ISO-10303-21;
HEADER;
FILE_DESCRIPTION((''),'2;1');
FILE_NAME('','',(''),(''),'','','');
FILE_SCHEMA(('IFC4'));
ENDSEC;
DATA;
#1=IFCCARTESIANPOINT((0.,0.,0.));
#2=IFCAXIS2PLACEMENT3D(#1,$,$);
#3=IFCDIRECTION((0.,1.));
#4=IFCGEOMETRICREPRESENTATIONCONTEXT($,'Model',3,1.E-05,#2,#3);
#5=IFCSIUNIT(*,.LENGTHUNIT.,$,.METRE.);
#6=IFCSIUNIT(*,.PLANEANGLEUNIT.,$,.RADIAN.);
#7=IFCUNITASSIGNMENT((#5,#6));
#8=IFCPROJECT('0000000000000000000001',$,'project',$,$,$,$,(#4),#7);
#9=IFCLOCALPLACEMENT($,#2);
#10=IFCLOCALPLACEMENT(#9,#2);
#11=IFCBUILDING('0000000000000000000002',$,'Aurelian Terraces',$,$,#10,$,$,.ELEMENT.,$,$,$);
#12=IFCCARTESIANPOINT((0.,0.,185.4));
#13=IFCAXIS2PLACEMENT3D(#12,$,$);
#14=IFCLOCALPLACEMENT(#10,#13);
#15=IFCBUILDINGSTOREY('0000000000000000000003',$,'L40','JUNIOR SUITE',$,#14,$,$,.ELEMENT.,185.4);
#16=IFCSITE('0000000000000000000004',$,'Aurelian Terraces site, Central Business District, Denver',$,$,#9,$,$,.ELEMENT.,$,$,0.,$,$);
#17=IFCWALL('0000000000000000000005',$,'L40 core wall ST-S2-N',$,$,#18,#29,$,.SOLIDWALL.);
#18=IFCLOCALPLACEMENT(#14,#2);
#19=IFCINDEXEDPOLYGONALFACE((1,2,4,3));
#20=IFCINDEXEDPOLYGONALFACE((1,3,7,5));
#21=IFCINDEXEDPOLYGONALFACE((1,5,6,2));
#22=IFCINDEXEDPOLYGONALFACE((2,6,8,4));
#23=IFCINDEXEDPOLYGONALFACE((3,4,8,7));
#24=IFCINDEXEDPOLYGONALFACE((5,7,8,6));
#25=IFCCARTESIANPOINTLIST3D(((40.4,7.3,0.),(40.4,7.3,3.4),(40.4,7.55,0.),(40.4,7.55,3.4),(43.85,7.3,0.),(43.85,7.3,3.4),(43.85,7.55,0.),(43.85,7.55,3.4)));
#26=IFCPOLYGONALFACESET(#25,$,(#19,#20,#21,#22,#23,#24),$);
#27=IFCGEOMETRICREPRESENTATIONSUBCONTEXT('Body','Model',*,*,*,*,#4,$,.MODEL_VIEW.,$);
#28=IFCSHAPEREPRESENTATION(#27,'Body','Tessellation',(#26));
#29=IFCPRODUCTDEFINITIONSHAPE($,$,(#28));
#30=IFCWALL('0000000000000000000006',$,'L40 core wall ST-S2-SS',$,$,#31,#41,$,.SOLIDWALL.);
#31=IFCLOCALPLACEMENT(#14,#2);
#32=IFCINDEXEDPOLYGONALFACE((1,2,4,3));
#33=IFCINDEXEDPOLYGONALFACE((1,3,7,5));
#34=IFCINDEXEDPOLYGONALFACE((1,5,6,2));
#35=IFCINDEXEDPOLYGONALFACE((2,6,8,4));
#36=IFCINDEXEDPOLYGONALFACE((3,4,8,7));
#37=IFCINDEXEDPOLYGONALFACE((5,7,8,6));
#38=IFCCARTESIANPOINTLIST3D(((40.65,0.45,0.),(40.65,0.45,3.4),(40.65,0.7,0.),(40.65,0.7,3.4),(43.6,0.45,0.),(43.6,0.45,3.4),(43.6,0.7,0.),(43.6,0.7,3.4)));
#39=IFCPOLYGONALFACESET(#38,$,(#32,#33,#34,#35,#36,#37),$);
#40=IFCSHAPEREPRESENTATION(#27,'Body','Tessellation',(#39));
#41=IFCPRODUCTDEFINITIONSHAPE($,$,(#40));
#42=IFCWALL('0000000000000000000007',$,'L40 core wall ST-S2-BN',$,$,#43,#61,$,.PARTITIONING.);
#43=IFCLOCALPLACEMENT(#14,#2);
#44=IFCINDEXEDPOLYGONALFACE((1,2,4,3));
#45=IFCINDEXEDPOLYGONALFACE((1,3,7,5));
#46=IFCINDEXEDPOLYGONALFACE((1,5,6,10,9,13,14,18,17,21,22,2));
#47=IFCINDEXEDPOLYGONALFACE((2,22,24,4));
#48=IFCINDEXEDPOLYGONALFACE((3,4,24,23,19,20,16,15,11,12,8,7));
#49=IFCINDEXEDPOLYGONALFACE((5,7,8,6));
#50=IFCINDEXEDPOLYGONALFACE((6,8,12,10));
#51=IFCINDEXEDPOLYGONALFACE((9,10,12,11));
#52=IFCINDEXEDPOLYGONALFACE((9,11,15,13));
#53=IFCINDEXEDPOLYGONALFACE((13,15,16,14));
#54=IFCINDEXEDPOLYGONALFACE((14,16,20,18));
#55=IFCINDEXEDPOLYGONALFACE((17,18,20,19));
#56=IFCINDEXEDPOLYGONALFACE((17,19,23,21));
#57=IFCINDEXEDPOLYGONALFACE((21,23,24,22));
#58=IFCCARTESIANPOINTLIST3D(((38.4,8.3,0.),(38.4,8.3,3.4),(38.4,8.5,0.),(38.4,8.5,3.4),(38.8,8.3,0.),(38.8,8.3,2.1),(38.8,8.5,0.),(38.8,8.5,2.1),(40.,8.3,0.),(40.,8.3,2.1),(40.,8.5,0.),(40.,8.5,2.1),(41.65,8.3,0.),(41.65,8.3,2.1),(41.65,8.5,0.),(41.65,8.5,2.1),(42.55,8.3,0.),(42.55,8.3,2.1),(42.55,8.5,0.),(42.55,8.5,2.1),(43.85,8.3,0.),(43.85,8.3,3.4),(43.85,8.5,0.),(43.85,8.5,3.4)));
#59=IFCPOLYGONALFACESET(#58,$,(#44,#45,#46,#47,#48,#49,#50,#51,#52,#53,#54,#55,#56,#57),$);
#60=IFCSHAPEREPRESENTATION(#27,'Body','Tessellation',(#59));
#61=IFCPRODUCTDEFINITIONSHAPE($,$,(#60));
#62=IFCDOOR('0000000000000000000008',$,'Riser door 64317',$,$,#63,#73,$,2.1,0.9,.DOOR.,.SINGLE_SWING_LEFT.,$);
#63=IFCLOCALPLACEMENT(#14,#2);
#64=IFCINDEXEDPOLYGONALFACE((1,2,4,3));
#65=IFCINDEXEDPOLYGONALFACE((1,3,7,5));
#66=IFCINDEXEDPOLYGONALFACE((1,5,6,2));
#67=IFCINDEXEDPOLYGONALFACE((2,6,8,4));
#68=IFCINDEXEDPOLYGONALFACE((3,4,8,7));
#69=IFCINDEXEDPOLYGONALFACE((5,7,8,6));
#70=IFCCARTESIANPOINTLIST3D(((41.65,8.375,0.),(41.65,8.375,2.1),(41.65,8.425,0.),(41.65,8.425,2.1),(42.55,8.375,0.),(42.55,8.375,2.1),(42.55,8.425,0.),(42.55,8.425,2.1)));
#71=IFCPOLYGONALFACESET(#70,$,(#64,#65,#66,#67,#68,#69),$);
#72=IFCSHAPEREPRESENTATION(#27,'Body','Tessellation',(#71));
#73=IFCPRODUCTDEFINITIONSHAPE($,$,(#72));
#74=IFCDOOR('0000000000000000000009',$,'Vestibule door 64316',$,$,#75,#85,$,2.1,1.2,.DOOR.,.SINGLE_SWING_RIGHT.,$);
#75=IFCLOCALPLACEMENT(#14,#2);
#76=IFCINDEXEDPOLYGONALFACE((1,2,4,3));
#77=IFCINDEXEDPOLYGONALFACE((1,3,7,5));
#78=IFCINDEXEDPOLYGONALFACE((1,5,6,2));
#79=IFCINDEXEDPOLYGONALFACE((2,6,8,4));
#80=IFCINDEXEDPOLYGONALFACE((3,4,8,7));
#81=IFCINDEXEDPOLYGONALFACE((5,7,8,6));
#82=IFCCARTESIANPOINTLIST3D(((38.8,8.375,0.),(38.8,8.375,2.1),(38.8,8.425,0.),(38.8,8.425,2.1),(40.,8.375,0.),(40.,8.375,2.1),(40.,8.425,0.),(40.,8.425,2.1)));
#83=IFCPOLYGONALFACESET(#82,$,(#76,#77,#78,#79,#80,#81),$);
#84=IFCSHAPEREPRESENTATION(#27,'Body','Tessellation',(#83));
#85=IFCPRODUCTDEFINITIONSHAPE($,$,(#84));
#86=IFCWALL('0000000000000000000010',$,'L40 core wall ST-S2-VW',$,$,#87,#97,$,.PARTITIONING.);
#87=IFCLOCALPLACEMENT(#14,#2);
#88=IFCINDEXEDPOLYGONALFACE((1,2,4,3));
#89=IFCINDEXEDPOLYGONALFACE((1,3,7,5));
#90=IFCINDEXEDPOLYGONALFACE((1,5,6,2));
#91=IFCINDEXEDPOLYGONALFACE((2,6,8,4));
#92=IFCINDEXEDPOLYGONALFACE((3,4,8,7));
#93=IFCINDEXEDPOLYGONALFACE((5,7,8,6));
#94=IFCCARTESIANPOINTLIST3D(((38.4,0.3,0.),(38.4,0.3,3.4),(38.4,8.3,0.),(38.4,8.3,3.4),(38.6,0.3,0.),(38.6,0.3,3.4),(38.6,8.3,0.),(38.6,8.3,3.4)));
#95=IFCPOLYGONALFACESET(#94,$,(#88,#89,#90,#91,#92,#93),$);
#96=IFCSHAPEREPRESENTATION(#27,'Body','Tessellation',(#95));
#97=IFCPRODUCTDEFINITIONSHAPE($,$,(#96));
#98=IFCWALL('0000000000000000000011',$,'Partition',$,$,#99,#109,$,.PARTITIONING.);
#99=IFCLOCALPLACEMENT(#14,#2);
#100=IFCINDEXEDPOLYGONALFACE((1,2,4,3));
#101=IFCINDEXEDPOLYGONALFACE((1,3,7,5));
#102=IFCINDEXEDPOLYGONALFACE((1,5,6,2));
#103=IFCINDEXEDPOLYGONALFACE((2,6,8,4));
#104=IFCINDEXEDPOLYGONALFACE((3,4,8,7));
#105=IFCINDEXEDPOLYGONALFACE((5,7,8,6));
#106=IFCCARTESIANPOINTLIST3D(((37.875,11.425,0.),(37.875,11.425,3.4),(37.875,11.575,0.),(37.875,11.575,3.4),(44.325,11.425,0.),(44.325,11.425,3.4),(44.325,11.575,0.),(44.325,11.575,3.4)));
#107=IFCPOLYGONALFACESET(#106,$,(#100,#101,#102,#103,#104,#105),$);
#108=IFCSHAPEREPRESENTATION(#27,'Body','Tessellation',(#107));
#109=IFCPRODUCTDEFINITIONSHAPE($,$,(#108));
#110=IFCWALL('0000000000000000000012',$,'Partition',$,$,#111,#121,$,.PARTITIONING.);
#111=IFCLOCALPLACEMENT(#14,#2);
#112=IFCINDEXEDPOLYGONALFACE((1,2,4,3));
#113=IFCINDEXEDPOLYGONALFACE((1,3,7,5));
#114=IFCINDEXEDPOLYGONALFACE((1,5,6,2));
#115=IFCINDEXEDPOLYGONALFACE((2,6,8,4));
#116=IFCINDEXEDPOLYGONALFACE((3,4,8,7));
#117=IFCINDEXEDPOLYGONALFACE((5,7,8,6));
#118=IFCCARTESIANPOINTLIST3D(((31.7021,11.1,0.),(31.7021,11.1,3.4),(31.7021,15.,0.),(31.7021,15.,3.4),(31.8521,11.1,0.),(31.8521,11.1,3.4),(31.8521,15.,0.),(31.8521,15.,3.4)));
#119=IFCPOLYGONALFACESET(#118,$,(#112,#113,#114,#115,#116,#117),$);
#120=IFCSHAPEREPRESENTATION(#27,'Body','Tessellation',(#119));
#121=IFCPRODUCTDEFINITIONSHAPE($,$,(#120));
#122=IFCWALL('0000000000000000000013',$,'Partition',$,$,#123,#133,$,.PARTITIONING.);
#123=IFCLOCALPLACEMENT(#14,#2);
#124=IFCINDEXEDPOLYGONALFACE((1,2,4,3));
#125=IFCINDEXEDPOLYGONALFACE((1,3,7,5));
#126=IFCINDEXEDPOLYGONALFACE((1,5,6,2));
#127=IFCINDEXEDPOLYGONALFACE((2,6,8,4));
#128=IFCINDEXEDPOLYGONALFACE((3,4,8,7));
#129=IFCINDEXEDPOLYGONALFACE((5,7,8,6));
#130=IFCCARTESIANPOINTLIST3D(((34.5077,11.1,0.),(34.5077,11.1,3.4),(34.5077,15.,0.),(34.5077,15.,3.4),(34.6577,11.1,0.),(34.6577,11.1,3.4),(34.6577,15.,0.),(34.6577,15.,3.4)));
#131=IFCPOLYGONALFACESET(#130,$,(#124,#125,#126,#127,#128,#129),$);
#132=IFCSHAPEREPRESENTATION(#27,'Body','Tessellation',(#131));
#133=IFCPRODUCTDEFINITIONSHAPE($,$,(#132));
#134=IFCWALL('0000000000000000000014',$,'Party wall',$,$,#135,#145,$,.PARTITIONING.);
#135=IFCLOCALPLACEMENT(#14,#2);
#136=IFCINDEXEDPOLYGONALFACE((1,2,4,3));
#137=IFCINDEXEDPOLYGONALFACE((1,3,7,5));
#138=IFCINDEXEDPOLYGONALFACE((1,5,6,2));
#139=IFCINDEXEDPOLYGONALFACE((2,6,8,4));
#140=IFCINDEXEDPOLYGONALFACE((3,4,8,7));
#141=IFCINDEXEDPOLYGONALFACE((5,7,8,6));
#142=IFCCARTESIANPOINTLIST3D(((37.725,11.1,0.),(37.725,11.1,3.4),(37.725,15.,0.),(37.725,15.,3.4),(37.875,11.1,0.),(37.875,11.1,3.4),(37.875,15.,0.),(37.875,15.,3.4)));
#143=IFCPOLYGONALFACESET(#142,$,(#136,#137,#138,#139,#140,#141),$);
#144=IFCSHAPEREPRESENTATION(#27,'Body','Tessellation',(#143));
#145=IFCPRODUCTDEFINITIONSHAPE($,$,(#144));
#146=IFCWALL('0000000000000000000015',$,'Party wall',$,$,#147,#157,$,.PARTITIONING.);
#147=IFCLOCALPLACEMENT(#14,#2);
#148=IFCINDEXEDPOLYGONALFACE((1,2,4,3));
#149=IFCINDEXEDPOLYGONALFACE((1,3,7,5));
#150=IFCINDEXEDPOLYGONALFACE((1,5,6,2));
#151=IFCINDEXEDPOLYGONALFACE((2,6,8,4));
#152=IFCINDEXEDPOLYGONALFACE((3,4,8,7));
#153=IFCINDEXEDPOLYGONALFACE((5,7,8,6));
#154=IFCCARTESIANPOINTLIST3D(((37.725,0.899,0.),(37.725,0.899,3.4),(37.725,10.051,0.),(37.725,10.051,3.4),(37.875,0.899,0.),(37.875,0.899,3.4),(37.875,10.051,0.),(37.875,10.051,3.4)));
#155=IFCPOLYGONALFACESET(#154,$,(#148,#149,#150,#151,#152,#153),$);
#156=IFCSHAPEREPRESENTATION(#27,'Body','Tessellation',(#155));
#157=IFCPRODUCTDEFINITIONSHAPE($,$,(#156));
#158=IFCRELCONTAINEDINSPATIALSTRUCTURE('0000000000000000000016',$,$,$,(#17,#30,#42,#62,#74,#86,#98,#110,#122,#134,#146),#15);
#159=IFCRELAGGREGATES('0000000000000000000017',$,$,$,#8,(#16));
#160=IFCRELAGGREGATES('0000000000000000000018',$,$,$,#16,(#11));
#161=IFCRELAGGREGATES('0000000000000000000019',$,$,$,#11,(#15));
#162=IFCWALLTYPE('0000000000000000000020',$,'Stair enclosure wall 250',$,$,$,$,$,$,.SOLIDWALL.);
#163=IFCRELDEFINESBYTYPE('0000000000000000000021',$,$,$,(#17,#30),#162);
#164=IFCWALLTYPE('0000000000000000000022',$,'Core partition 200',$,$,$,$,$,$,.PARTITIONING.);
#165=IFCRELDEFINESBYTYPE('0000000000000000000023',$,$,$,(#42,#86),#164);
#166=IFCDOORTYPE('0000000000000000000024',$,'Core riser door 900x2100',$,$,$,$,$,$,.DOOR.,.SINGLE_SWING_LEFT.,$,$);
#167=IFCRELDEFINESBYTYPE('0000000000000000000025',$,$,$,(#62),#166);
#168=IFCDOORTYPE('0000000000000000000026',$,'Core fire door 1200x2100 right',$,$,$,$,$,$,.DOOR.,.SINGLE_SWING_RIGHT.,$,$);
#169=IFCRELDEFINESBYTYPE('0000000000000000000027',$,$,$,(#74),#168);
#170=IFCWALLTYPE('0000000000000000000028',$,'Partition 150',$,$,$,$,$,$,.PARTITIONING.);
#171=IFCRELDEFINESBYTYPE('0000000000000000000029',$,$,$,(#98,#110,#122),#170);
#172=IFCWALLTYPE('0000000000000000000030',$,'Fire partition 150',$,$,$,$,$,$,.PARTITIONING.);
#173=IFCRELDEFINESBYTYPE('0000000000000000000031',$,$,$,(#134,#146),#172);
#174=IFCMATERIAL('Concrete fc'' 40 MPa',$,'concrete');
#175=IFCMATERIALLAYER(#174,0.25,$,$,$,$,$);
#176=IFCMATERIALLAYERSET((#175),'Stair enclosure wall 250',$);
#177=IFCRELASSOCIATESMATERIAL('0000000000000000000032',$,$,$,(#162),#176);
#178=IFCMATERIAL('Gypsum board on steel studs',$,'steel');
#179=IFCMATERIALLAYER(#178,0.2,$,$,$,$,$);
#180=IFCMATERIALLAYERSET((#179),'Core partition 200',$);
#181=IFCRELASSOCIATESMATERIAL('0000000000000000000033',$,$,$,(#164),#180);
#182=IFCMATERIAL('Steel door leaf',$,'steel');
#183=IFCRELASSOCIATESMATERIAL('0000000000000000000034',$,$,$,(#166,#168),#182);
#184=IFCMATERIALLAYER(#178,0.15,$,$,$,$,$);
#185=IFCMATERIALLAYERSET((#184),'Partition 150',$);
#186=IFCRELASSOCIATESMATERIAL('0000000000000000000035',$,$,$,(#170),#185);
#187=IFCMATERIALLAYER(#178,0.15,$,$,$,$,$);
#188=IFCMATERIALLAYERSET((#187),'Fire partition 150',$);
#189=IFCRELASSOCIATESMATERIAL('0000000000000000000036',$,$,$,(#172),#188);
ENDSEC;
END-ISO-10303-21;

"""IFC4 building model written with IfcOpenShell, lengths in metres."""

from ifc_helpers import new_model, si_unit, direction, frame, frame_2d, origin, place, context, subcontext, project, spatial, rectangle, extrude, source, transform, mapped, material, layer, layer_set, type_object, element, fill, save


model = new_model("IFC4")

# Units and contexts
model_context = context("Model", 3, precision=1e-05, world=origin(), true_north=direction((0.0, 1.0)))
body_context = subcontext(model_context, "Body", "Model", "MODEL_VIEW")
ifc_project = project(units=[si_unit("LENGTHUNIT", "METRE"), si_unit("PLANEANGLEUNIT", "RADIAN")], contexts=[model_context])

# Site, building, storey
site_placement = place(None, origin())
site = spatial("IfcSite", under=ifc_project, at=site_placement, Name="Aurelian Terraces site, Central Business District, Denver", CompositionType="ELEMENT", RefElevation=0.0)
building_placement = place(site_placement, origin())
building = spatial("IfcBuilding", under=site, at=building_placement, Name="Aurelian Terraces", CompositionType="ELEMENT")
storey_placement = place(building_placement, frame((0.0, 0.0, 185.4)))
storey = spatial("IfcBuildingStorey", under=building, at=storey_placement, Name="L40", Description="JUNIOR SUITE", CompositionType="ELEMENT", Elevation=185.4)

# Shared definitions
ifc_material_1 = material(Name="Concrete fc' 40 MPa", Category="concrete")

# Shared definitions
ifc_layer_1 = layer(ifc_material_1, 0.25)
ifc_layer_set_1 = layer_set([ifc_layer_1], Name="Stair enclosure wall 250")
wall_type_1 = type_object("IfcWallType", Name="Stair enclosure wall 250", PredefinedType="SOLIDWALL", material=ifc_layer_set_1)
ifc_material_2 = material(Name="Steel door leaf", Category="steel")

# Walls
shared_shape_1 = source(origin(), body_context, "Body", "SweptSolid", [
    extrude(rectangle(XDim=3.45, YDim=0.25, at=frame_2d((1.725, 0.0))), origin(), (0.0, 0.0, 1.0), 3.4),
])
wall_1_placement = place(storey_placement, frame((40.4, 7.425, 0.0), z_axis=(0.0, 0.0, 1.0), x_axis=(1.0, 0.0, 0.0)))
element("IfcWall", 1, at=wall_1_placement, inside=storey, type_object=wall_type_1, Name="L40 core wall ST-S2-N", PredefinedType="SOLIDWALL", context=body_context, shape_type="MappedRepresentation", body=[
    mapped(shared_shape_1, transform((0.0, 0.0, 0.0), scale=1.0)),
])
shared_shape_2 = source(origin(), body_context, "Body", "SweptSolid", [
    extrude(rectangle(XDim=2.95, YDim=0.25, at=frame_2d((1.475, 0.0))), origin(), (0.0, 0.0, 1.0), 3.4),
])
wall_2_placement = place(storey_placement, frame((40.65, 0.575, 0.0), z_axis=(0.0, 0.0, 1.0), x_axis=(1.0, 0.0, 0.0)))
element("IfcWall", 2, at=wall_2_placement, inside=storey, type_object=wall_type_1, Name="L40 core wall ST-S2-SS", PredefinedType="SOLIDWALL", context=body_context, shape_type="MappedRepresentation", body=[
    mapped(shared_shape_2, transform((0.0, 0.0, 0.0), scale=1.0)),
])

# Wall, openings, doors
ifc_material_3 = material(Name="Gypsum board on steel studs", Category="steel")
ifc_layer_2 = layer(ifc_material_3, 0.2)
ifc_layer_set_2 = layer_set([ifc_layer_2], Name="Core partition 200")
wall_type_2 = type_object("IfcWallType", Name="Core partition 200", PredefinedType="PARTITIONING", material=ifc_layer_set_2)
shared_shape_3 = source(origin(), body_context, "Body", "SweptSolid", [
    extrude(rectangle(XDim=5.45, YDim=0.2, at=frame_2d((2.725, 0.0))), origin(), (0.0, 0.0, 1.0), 3.4),
])
wall_3_placement = place(storey_placement, frame((38.4, 8.4, 0.0), z_axis=(0.0, 0.0, 1.0), x_axis=(1.0, 0.0, 0.0)))
wall_3 = element("IfcWall", 3, at=wall_3_placement, inside=storey, type_object=wall_type_2, Name="L40 core wall ST-S2-BN", PredefinedType="PARTITIONING", context=body_context, shape_type="MappedRepresentation", body=[
    mapped(shared_shape_3, transform((0.0, 0.0, 0.0), scale=1.0)),
])
shared_shape_4 = source(origin(), body_context, "Body", "SweptSolid", [
    extrude(rectangle(XDim=1.2, YDim=2.1, at=frame_2d((0.6, 1.05))), frame((0.0, 0.11, 0.0), z_axis=(0.0, -1.0, 0.0), x_axis=(1.0, 0.0, 0.0)), (0.0, 0.0, 1.0), 0.22),
])
opening_1_placement = place(wall_3_placement, frame((0.4, 0.0, 0.0)))
opening_1 = element("IfcOpeningElement", 4, at=opening_1_placement, cuts=wall_3, PredefinedType="OPENING", context=body_context, shape_type="MappedRepresentation", body=[
    mapped(shared_shape_4, transform((0.0, 0.0, 0.0), scale=1.0)),
])
shared_shape_5 = source(origin(), body_context, "Body", "SweptSolid", [
    extrude(rectangle(XDim=0.9, YDim=2.1, at=frame_2d((0.45, 1.05))), frame((0.0, 0.11, 0.0), z_axis=(0.0, -1.0, 0.0), x_axis=(1.0, 0.0, 0.0)), (0.0, 0.0, 1.0), 0.22),
])
opening_2_placement = place(wall_3_placement, frame((3.25, 0.0, 0.0)))
opening_2 = element("IfcOpeningElement", 5, at=opening_2_placement, cuts=wall_3, PredefinedType="OPENING", context=body_context, shape_type="MappedRepresentation", body=[
    mapped(shared_shape_5, transform((0.0, 0.0, 0.0), scale=1.0)),
])
door_type_1 = type_object("IfcDoorType", Name="Core riser door 900x2100", OperationType="SINGLE_SWING_LEFT", PredefinedType="DOOR", material=ifc_material_2)
shared_shape_6 = source(origin(), body_context, "Body", "SweptSolid", [
    extrude(rectangle(XDim=0.9, YDim=2.1, at=frame_2d((0.45, 1.05))), frame((0.0, 0.025, 0.0), z_axis=(0.0, -1.0, 0.0), x_axis=(1.0, 0.0, 0.0)), (0.0, 0.0, 1.0), 0.05),
])
door_1_placement = place(opening_2_placement, origin())
door_1 = element("IfcDoor", 6, at=door_1_placement, inside=storey, type_object=door_type_1, Name="Riser door 64317", OperationType="SINGLE_SWING_LEFT", OverallHeight=2.1, OverallWidth=0.9, PredefinedType="DOOR", context=body_context, shape_type="MappedRepresentation", body=[
    mapped(shared_shape_6, transform((0.0, 0.0, 0.0), scale=1.0)),
])
fill(opening_2, door_1)
door_type_2 = type_object("IfcDoorType", Name="Core fire door 1200x2100 right", OperationType="SINGLE_SWING_RIGHT", PredefinedType="DOOR", material=ifc_material_2)
shared_shape_7 = source(origin(), body_context, "Body", "SweptSolid", [
    extrude(rectangle(XDim=1.2, YDim=2.1, at=frame_2d((0.6, 1.05))), frame((0.0, 0.025, 0.0), z_axis=(0.0, -1.0, 0.0), x_axis=(1.0, 0.0, 0.0)), (0.0, 0.0, 1.0), 0.05),
])
door_2_placement = place(opening_1_placement, origin())
door_2 = element("IfcDoor", 7, at=door_2_placement, inside=storey, type_object=door_type_2, Name="Vestibule door 64316", OperationType="SINGLE_SWING_RIGHT", OverallHeight=2.1, OverallWidth=1.2, PredefinedType="DOOR", context=body_context, shape_type="MappedRepresentation", body=[
    mapped(shared_shape_7, transform((0.0, 0.0, 0.0), scale=1.0)),
])
fill(opening_1, door_2)

# Walls
shared_shape_8 = source(origin(), body_context, "Body", "SweptSolid", [
    extrude(rectangle(XDim=8.0, YDim=0.2, at=frame_2d((4.0, 0.0))), origin(), (0.0, 0.0, 1.0), 3.4),
])
wall_4_placement = place(storey_placement, frame((38.5, 0.3, 0.0), z_axis=(0.0, 0.0, 1.0), x_axis=(0.0, 1.0, 0.0)))
element("IfcWall", 8, at=wall_4_placement, inside=storey, type_object=wall_type_2, Name="L40 core wall ST-S2-VW", PredefinedType="PARTITIONING", context=body_context, shape_type="MappedRepresentation", body=[
    mapped(shared_shape_8, transform((0.0, 0.0, 0.0), scale=1.0)),
])
ifc_layer_3 = layer(ifc_material_3, 0.15)
ifc_layer_set_3 = layer_set([ifc_layer_3], Name="Partition 150")
wall_type_3 = type_object("IfcWallType", Name="Partition 150", PredefinedType="PARTITIONING", material=ifc_layer_set_3)
shared_shape_9 = source(origin(), body_context, "Body", "SweptSolid", [
    extrude(rectangle(XDim=6.45, YDim=0.15, at=frame_2d((3.225, 0.0))), origin(), (0.0, 0.0, 1.0), 3.4),
])
wall_5_placement = place(storey_placement, frame((37.875, 11.5, 0.0), z_axis=(0.0, 0.0, 1.0), x_axis=(1.0, 0.0, 0.0)))
element("IfcWall", 9, at=wall_5_placement, inside=storey, type_object=wall_type_3, Name="Partition", PredefinedType="PARTITIONING", context=body_context, shape_type="MappedRepresentation", body=[
    mapped(shared_shape_9, transform((0.0, 0.0, 0.0), scale=1.0)),
])
shared_shape_10 = source(origin(), body_context, "Body", "SweptSolid", [
    extrude(rectangle(XDim=3.9, YDim=0.15, at=frame_2d((1.95, 0.0))), origin(), (0.0, 0.0, 1.0), 3.4),
])
for number, where, z_axis, x_axis, name in (
    (10, (31.7771, 11.1, 0.0), (0.0, 0.0, 1.0), (0.0, 1.0, 0.0), "Partition"),
    (11, (34.5827, 11.1, 0.0), (0.0, 0.0, 1.0), (0.0, 1.0, 0.0), "Partition"),
):
    element("IfcWall", number, at=place(storey_placement, frame(where, z_axis=z_axis, x_axis=x_axis)), inside=storey, type_object=wall_type_3, Name=name, PredefinedType="PARTITIONING", context=body_context, shape_type="MappedRepresentation", body=[
        mapped(shared_shape_10, transform((0.0, 0.0, 0.0), scale=1.0)),
    ])
ifc_layer_4 = layer(ifc_material_3, 0.15)
ifc_layer_set_4 = layer_set([ifc_layer_4], Name="Fire partition 150")
wall_type_4 = type_object("IfcWallType", Name="Fire partition 150", PredefinedType="PARTITIONING", material=ifc_layer_set_4)
wall_6_placement = place(storey_placement, frame((37.8, 11.1, 0.0), z_axis=(0.0, 0.0, 1.0), x_axis=(0.0, 1.0, 0.0)))
element("IfcWall", 12, at=wall_6_placement, inside=storey, type_object=wall_type_4, Name="Party wall", PredefinedType="PARTITIONING", context=body_context, shape_type="MappedRepresentation", body=[
    mapped(shared_shape_10, transform((0.0, 0.0, 0.0), scale=1.0)),
])
shared_shape_11 = source(origin(), body_context, "Body", "SweptSolid", [
    extrude(rectangle(XDim=9.152, YDim=0.15, at=frame_2d((4.576, 0.0))), origin(), (0.0, 0.0, 1.0), 3.4),
])
wall_7_placement = place(storey_placement, frame((37.8, 0.899, 0.0), z_axis=(0.0, 0.0, 1.0), x_axis=(0.0, 1.0, 0.0)))
element("IfcWall", 13, at=wall_7_placement, inside=storey, type_object=wall_type_4, Name="Party wall", PredefinedType="PARTITIONING", context=body_context, shape_type="MappedRepresentation", body=[
    mapped(shared_shape_11, transform((0.0, 0.0, 0.0), scale=1.0)),
])

save(model, "model.ifc")
